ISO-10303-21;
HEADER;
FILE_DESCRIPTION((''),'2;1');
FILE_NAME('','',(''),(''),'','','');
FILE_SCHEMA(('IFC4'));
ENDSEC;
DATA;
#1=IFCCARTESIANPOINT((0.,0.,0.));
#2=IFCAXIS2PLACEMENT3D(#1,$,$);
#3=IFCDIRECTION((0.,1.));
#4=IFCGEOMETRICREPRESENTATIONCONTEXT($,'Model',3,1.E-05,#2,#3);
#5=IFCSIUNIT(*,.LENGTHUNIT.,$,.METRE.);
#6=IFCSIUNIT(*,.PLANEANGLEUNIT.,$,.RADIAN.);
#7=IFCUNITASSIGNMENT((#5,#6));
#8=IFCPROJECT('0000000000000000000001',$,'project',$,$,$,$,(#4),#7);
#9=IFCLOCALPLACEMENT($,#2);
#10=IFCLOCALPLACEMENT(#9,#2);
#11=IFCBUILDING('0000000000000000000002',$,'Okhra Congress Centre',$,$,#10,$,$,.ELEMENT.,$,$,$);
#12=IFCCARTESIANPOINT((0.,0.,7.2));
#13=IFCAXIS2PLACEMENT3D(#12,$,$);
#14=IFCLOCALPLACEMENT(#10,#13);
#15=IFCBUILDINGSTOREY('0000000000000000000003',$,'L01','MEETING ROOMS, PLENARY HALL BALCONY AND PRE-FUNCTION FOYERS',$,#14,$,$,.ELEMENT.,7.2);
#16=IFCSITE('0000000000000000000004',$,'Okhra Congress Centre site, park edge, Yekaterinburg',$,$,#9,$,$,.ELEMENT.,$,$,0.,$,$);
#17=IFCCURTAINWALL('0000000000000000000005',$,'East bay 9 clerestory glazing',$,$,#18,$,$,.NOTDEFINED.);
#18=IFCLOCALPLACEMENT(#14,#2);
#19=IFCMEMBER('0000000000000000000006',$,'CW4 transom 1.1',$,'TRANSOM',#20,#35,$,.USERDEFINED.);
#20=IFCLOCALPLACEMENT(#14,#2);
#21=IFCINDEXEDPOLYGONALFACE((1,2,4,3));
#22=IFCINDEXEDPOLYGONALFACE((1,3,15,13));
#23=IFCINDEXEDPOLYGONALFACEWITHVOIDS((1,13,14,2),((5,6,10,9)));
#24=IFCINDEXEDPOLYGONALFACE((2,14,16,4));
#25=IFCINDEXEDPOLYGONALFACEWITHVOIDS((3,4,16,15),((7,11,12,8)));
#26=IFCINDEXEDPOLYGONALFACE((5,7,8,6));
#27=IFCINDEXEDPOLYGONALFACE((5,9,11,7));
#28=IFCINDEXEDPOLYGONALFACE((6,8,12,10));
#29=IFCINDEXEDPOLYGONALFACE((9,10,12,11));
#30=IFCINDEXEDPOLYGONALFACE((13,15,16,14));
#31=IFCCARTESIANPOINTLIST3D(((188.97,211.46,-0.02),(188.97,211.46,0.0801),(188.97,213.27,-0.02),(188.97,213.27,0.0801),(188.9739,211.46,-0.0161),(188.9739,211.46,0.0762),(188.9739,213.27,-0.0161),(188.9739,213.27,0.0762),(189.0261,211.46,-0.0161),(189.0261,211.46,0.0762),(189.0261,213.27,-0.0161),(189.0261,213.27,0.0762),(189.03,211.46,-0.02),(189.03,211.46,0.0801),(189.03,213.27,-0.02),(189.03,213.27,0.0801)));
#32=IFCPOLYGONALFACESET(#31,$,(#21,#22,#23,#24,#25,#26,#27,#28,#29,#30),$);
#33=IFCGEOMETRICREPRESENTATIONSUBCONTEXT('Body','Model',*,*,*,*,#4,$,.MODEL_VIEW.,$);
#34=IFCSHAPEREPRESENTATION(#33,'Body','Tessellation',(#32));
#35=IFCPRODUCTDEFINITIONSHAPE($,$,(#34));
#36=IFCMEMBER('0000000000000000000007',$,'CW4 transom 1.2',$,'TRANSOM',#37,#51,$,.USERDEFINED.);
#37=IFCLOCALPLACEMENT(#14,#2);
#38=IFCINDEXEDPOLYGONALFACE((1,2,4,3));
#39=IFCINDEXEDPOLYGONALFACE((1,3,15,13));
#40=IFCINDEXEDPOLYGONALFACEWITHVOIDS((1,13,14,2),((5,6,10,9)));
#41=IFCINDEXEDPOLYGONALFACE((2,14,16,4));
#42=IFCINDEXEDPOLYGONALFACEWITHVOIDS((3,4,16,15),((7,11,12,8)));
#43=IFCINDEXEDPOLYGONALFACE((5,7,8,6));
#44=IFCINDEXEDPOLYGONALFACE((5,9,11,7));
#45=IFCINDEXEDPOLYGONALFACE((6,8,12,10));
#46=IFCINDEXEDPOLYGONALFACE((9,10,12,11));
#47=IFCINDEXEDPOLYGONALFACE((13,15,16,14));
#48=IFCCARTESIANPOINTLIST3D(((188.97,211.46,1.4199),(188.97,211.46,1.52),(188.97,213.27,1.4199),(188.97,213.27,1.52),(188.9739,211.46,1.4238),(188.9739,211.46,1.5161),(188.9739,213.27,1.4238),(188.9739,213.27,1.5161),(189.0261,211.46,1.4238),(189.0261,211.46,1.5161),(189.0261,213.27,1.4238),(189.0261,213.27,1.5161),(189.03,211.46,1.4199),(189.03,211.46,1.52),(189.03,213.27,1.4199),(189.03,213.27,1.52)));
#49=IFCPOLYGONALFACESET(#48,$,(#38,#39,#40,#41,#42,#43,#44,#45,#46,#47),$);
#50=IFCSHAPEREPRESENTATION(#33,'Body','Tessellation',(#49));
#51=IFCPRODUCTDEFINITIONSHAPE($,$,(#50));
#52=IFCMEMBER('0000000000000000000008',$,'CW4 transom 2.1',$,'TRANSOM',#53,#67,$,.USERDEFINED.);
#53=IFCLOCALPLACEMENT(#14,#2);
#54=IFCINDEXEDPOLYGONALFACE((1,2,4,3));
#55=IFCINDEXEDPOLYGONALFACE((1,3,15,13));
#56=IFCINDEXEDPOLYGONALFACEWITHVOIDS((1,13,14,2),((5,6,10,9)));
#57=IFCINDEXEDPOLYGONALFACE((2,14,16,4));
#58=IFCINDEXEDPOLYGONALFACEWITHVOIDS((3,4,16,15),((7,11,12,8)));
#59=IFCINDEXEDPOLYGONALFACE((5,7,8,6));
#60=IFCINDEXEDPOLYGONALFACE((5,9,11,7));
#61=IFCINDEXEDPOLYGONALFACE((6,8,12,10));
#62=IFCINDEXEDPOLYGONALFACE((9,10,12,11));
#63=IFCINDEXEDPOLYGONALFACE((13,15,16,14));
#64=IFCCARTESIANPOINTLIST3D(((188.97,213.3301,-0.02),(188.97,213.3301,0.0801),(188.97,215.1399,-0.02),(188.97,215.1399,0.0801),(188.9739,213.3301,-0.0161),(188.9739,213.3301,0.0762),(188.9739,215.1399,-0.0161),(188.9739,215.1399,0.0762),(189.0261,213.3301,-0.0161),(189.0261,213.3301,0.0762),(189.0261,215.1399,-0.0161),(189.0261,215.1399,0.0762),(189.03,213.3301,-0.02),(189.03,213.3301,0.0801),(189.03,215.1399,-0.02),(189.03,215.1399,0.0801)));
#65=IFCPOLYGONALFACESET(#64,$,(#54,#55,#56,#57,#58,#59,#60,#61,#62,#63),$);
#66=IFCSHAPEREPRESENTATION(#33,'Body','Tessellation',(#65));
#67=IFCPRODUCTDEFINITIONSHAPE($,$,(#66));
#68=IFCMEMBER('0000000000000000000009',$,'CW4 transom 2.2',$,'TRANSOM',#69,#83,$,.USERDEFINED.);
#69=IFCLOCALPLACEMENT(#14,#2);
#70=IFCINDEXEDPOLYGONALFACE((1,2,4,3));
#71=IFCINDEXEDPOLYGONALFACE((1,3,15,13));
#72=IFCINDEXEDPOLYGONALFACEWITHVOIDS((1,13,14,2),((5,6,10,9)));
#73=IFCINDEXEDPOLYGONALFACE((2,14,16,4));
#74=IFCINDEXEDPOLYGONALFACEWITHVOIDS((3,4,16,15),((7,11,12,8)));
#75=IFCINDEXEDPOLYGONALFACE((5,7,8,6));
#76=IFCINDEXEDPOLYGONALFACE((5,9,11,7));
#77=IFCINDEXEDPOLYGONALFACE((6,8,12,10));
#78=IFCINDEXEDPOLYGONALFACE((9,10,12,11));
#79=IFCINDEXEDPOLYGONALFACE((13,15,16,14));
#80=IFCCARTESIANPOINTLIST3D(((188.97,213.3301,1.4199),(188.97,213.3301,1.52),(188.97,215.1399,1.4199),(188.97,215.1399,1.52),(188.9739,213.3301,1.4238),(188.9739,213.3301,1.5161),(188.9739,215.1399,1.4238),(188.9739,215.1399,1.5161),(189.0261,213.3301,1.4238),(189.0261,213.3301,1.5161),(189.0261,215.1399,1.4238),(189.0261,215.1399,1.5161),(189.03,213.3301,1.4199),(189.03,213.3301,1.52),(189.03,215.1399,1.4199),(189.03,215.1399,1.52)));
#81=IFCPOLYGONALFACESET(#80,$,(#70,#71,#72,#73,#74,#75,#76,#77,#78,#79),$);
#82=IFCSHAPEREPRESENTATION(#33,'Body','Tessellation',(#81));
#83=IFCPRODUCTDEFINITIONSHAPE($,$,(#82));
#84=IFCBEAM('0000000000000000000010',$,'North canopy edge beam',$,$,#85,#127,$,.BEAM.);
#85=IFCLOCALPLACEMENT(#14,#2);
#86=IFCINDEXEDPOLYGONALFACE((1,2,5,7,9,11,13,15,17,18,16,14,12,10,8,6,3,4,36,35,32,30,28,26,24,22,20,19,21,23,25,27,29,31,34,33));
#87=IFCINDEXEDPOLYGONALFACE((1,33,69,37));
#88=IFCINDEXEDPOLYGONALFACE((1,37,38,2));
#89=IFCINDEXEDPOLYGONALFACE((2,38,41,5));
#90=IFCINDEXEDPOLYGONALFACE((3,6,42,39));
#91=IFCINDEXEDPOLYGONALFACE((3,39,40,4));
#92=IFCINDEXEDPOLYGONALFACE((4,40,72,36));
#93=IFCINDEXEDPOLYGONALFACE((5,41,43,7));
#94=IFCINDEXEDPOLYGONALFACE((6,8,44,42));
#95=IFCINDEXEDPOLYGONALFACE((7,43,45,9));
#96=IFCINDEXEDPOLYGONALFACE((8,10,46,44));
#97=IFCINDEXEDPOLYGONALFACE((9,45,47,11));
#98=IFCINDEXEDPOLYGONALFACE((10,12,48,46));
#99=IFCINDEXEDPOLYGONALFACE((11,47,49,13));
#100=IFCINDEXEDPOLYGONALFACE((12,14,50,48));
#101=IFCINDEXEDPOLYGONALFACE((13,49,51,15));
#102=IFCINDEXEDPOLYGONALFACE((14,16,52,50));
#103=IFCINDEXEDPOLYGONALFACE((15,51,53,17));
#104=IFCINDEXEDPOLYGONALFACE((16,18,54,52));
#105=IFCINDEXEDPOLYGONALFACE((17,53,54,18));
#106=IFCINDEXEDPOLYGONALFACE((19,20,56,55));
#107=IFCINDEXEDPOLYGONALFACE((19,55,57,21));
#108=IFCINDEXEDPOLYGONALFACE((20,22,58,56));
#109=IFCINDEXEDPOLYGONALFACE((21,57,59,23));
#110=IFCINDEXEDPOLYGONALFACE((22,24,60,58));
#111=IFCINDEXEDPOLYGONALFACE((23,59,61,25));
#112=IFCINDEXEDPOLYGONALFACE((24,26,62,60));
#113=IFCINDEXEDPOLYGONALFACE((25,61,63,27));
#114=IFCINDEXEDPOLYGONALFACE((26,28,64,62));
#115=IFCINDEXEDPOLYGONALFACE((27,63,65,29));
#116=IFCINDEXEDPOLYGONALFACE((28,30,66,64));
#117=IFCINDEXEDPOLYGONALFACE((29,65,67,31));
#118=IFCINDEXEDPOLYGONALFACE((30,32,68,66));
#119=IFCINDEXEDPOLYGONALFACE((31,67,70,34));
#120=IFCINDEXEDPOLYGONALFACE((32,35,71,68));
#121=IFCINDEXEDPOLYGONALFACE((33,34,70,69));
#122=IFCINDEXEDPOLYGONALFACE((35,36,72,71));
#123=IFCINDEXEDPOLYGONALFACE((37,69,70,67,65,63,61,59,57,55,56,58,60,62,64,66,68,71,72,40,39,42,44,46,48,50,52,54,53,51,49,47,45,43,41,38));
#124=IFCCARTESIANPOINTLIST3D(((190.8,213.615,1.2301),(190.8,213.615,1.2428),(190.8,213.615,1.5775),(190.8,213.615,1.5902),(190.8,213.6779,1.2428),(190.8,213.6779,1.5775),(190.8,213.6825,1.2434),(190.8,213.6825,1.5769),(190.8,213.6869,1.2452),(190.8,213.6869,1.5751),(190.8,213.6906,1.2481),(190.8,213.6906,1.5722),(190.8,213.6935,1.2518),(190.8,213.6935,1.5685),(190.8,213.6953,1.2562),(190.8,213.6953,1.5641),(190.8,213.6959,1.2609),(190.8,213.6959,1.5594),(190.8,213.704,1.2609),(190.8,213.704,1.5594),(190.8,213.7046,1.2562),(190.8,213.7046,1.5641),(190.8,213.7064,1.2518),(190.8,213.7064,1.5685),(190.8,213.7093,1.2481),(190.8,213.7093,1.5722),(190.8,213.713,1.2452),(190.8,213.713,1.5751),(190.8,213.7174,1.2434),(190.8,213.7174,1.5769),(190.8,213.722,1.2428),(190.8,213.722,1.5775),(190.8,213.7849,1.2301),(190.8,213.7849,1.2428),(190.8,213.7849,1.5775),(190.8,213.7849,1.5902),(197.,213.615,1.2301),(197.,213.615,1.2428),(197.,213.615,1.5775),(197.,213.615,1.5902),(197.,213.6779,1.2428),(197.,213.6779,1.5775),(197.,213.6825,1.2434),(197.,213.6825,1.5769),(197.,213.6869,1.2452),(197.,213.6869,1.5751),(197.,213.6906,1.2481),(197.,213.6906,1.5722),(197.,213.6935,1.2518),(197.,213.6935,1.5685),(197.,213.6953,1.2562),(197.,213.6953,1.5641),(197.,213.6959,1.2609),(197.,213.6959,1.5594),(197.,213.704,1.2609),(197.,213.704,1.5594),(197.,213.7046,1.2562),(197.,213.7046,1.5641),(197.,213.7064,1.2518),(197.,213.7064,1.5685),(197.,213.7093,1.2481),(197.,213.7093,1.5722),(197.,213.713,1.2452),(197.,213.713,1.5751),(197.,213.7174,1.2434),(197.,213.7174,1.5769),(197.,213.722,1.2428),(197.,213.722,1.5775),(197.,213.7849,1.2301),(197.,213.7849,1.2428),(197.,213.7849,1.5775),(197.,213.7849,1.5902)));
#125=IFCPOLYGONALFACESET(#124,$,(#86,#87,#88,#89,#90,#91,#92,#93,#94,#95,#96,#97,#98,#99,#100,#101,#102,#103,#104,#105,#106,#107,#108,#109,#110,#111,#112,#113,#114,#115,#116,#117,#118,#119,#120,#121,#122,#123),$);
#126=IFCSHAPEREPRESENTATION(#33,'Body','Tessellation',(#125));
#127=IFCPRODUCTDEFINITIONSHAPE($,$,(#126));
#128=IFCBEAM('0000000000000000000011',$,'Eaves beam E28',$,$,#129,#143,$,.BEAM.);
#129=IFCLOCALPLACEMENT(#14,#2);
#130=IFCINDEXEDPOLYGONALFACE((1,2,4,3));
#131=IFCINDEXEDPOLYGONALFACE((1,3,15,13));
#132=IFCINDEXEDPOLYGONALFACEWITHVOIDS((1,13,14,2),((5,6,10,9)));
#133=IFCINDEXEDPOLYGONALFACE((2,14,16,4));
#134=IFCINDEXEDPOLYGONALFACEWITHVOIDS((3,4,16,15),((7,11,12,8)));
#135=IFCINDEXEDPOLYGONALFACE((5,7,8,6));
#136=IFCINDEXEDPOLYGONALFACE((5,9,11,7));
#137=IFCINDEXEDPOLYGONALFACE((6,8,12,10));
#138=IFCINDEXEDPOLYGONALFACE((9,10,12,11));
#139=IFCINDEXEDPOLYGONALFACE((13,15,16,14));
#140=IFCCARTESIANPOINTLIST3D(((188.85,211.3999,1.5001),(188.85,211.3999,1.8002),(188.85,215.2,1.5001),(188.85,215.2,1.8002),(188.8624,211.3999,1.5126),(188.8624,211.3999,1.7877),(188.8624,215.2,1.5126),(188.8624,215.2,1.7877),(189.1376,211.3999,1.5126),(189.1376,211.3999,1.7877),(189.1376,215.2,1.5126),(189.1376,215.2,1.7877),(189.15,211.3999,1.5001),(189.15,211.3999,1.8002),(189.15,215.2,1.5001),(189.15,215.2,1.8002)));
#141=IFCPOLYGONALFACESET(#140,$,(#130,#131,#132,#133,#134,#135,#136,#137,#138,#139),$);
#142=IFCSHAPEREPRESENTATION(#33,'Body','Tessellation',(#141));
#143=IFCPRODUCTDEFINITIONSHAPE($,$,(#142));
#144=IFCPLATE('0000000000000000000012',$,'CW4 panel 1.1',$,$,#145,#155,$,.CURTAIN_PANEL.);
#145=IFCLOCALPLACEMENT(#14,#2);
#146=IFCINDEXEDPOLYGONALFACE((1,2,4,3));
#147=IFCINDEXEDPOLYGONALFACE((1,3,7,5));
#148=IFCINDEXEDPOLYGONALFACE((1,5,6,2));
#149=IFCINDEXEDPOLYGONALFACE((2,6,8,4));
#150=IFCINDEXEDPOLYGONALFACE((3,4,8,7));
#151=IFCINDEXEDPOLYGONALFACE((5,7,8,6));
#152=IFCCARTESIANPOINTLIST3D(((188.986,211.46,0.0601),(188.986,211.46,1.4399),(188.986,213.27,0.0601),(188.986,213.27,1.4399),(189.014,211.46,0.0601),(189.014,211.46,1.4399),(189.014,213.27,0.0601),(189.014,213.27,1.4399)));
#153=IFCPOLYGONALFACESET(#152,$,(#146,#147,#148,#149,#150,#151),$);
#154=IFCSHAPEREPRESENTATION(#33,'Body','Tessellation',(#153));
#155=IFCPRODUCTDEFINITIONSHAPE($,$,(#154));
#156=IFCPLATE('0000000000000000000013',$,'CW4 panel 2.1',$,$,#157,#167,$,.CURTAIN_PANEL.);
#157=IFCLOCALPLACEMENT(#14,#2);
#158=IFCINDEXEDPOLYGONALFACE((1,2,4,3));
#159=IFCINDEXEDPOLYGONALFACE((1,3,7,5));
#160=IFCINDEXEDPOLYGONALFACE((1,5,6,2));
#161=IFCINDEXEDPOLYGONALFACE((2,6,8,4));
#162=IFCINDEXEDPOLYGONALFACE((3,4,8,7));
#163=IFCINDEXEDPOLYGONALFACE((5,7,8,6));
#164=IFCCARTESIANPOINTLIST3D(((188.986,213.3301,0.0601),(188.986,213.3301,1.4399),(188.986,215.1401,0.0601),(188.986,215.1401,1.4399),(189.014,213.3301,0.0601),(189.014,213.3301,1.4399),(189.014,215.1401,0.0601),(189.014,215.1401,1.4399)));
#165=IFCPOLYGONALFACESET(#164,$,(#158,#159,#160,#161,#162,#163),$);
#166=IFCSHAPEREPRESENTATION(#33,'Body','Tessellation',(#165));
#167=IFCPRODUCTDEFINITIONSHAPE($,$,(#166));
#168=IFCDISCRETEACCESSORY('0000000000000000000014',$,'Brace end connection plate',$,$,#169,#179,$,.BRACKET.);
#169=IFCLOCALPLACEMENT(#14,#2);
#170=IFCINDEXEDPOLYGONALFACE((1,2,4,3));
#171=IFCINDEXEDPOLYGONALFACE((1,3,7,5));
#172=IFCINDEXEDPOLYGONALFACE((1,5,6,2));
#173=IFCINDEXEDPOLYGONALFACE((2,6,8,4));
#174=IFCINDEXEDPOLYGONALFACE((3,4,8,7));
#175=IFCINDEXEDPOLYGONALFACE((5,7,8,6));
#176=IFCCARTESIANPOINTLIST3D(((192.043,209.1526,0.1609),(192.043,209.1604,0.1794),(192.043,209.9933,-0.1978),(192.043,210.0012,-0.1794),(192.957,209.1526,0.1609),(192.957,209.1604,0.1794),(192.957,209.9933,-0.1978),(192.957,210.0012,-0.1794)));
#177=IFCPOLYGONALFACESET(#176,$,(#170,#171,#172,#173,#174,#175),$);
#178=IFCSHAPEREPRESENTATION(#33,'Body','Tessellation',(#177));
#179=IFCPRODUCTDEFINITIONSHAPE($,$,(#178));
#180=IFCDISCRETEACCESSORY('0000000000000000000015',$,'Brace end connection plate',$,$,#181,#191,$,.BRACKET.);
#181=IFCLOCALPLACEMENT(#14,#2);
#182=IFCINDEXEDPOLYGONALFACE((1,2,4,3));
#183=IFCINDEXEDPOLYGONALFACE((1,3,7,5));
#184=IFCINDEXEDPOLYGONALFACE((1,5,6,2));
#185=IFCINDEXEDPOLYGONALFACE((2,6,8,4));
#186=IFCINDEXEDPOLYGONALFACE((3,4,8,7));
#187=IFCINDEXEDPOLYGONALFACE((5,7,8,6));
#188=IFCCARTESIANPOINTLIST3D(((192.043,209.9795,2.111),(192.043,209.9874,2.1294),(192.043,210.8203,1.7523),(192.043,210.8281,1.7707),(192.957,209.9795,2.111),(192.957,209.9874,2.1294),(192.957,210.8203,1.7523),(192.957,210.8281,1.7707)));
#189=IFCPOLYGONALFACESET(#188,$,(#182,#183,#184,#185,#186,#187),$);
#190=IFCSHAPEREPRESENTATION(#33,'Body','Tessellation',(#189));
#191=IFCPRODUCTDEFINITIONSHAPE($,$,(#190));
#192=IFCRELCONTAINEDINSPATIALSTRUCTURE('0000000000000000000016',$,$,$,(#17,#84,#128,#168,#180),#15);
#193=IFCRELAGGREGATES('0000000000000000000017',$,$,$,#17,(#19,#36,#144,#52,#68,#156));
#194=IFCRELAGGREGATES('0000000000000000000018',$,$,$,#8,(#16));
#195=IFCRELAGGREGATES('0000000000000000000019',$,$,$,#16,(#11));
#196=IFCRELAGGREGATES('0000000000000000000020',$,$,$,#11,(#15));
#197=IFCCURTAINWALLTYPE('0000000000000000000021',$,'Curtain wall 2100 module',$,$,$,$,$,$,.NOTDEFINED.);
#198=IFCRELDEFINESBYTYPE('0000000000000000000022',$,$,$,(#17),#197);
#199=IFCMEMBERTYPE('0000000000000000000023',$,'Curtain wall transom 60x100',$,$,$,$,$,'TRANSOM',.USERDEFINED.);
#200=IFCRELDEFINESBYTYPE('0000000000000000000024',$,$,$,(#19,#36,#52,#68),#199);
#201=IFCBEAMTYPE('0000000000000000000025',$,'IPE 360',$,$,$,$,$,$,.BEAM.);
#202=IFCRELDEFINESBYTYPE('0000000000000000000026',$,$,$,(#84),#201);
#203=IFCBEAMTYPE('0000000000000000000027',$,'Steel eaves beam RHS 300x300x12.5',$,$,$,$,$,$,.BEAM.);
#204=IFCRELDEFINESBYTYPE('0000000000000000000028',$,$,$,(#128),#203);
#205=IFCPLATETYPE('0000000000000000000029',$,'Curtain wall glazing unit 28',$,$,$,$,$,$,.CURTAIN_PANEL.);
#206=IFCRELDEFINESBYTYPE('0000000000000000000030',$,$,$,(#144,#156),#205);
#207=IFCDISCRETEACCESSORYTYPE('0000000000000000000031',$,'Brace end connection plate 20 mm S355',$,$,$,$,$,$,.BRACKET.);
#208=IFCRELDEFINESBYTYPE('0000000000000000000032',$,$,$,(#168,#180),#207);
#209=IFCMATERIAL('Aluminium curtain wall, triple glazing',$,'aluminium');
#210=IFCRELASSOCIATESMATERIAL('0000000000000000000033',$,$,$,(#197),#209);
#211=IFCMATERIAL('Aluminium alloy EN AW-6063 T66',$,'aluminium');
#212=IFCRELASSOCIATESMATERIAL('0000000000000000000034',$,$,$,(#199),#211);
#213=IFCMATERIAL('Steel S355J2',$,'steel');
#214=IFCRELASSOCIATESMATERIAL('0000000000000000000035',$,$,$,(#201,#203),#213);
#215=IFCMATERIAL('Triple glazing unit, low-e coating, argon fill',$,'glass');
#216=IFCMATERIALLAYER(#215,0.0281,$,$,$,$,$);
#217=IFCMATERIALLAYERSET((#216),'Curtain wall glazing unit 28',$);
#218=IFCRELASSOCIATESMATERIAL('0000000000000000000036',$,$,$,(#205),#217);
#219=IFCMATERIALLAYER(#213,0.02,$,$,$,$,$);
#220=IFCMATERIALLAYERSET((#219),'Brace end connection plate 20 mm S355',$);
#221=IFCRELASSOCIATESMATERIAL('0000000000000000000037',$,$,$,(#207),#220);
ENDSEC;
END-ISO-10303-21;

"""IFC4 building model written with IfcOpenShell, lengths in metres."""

from ifc_helpers import new_model, si_unit, direction, frame, origin, origin_2d, place, context, subcontext, project, spatial, rectangle, hollow_rectangle, i_section, extrude, material, layer, layer_set, material_profile, profile_set, type_object, element, aggregate, save


model = new_model("IFC4")

# Units and contexts
model_context = context("Model", 3, precision=1e-05, world=origin(), true_north=direction((0.0, 1.0)))
body_context = subcontext(model_context, "Body", "Model", "MODEL_VIEW")
ifc_project = project(units=[si_unit("LENGTHUNIT", "METRE"), si_unit("PLANEANGLEUNIT", "RADIAN")], contexts=[model_context])

# Site, building, storey
site_placement = place(None, origin())
site = spatial("IfcSite", under=ifc_project, at=site_placement, Name="Okhra Congress Centre site, park edge, Yekaterinburg", CompositionType="ELEMENT", RefElevation=0.0)
building_placement = place(site_placement, origin())
building = spatial("IfcBuilding", under=site, at=building_placement, Name="Okhra Congress Centre", CompositionType="ELEMENT")
storey_placement = place(building_placement, frame((0.0, 0.0, 7.2)))
storey = spatial("IfcBuildingStorey", under=building, at=storey_placement, Name="L01", Description="MEETING ROOMS, PLENARY HALL BALCONY AND PRE-FUNCTION FOYERS", CompositionType="ELEMENT", Elevation=7.2)

# Shared definitions
ifc_material_1 = material(Name="Aluminium curtain wall, triple glazing", Category="aluminium")
curtain_wall_type_1 = type_object("IfcCurtainWallType", Name="Curtain wall 2100 module", PredefinedType="NOTDEFINED", material=ifc_material_1)
ifc_material_2 = material(Name="Aluminium alloy EN AW-6063 T66", Category="aluminium")

# Curtain wall, members
curtain_wall_1_placement = place(storey_placement, origin())
curtain_wall_1 = element("IfcCurtainWall", 1, at=curtain_wall_1_placement, inside=storey, type_object=curtain_wall_type_1, Name="East bay 9 clerestory glazing", PredefinedType="NOTDEFINED")
ifc_material_profile_1 = material_profile(ifc_material_2, hollow_rectangle(XDim=0.0601, YDim=0.1001, WallThickness=0.0039, at=origin_2d()), Name="RHS 60x100x4")
ifc_profile_set_1 = profile_set([ifc_material_profile_1], Name="Aluminium alloy EN AW-6063 T66")
member_type_1 = type_object("IfcMemberType", Name="Curtain wall transom 60x100", ElementType="TRANSOM", PredefinedType="USERDEFINED", material=ifc_profile_set_1)
member_1_placement = place(storey_placement, frame((189.0, 211.46, 0.03), z_axis=(0.0, 1.0, 0.0), x_axis=(-1.0, 0.0, 0.0)))
member_1 = element("IfcMember", 2, at=member_1_placement, type_object=member_type_1, Name="CW4 transom 1.1", ObjectType="TRANSOM", PredefinedType="USERDEFINED", context=body_context, shape_type="SweptSolid", body=[
    extrude(hollow_rectangle(XDim=0.0601, YDim=0.1001, WallThickness=0.0039, at=origin_2d()), origin(), (0.0, 0.0, 1.0), 1.8101),
])
member_2_placement = place(storey_placement, frame((189.0, 211.46, 1.47), z_axis=(0.0, 1.0, 0.0), x_axis=(-1.0, 0.0, 0.0)))
member_2 = element("IfcMember", 3, at=member_2_placement, type_object=member_type_1, Name="CW4 transom 1.2", ObjectType="TRANSOM", PredefinedType="USERDEFINED", context=body_context, shape_type="SweptSolid", body=[
    extrude(hollow_rectangle(XDim=0.0601, YDim=0.1001, WallThickness=0.0039, at=origin_2d()), origin(), (0.0, 0.0, 1.0), 1.8101),
])
member_3_placement = place(storey_placement, frame((189.0, 213.3301, 0.03), z_axis=(0.0, 1.0, 0.0), x_axis=(-1.0, 0.0, 0.0)))
member_3 = element("IfcMember", 4, at=member_3_placement, type_object=member_type_1, Name="CW4 transom 2.1", ObjectType="TRANSOM", PredefinedType="USERDEFINED", context=body_context, shape_type="SweptSolid", body=[
    extrude(hollow_rectangle(XDim=0.0601, YDim=0.1001, WallThickness=0.0039, at=origin_2d()), origin(), (0.0, 0.0, 1.0), 1.8098),
])
member_4_placement = place(storey_placement, frame((189.0, 213.3301, 1.47), z_axis=(0.0, 1.0, 0.0), x_axis=(-1.0, 0.0, 0.0)))
member_4 = element("IfcMember", 5, at=member_4_placement, type_object=member_type_1, Name="CW4 transom 2.2", ObjectType="TRANSOM", PredefinedType="USERDEFINED", context=body_context, shape_type="SweptSolid", body=[
    extrude(hollow_rectangle(XDim=0.0601, YDim=0.1001, WallThickness=0.0039, at=origin_2d()), origin(), (0.0, 0.0, 1.0), 1.8098),
])

# Beams
ifc_material_3 = material(Name="Steel S355J2", Category="steel")
ifc_material_profile_2 = material_profile(ifc_material_3, i_section(OverallWidth=0.1699, OverallDepth=0.3601, WebThickness=0.0081, FlangeThickness=0.0127, FilletRadius=0.0181, at=origin_2d()), Name="IPE 360")
ifc_profile_set_2 = profile_set([ifc_material_profile_2], Name="Steel S355J2")
beam_type_1 = type_object("IfcBeamType", Name="IPE 360", PredefinedType="BEAM", material=ifc_profile_set_2)
beam_1_placement = place(storey_placement, frame((190.8, 213.7, 1.4102), z_axis=(1.0, 0.0, 0.0), x_axis=(0.0, 1.0, 0.0)))
element("IfcBeam", 6, at=beam_1_placement, inside=storey, type_object=beam_type_1, Name="North canopy edge beam", PredefinedType="BEAM", context=body_context, shape_type="SweptSolid", body=[
    extrude(i_section(OverallWidth=0.1699, OverallDepth=0.3601, WebThickness=0.0081, FlangeThickness=0.0127, FilletRadius=0.0181, at=origin_2d()), origin(), (0.0, 0.0, 1.0), 6.2),
])
ifc_material_profile_3 = material_profile(ifc_material_3, hollow_rectangle(XDim=0.3, YDim=0.3, WallThickness=0.0125, at=origin_2d()), Name="RHS 300x300x12.5")
ifc_profile_set_3 = profile_set([ifc_material_profile_3], Name="Steel S355J2")
beam_type_2 = type_object("IfcBeamType", Name="Steel eaves beam RHS 300x300x12.5", PredefinedType="BEAM", material=ifc_profile_set_3)
beam_2_placement = place(storey_placement, frame((189.0, 211.3999, 1.6501), z_axis=(0.0, 1.0, 0.0), x_axis=(-1.0, 0.0, 0.0)))
element("IfcBeam", 7, at=beam_2_placement, inside=storey, type_object=beam_type_2, Name="Eaves beam E28", PredefinedType="BEAM", context=body_context, shape_type="SweptSolid", body=[
    extrude(hollow_rectangle(XDim=0.3, YDim=0.3, WallThickness=0.0125, at=origin_2d()), origin(), (0.0, 0.0, 1.0), 3.8),
])

# Plates
ifc_material_4 = material(Name="Triple glazing unit, low-e coating, argon fill", Category="glass")
ifc_layer_1 = layer(ifc_material_4, 0.0281)
ifc_layer_set_1 = layer_set([ifc_layer_1], Name="Curtain wall glazing unit 28")
plate_type = type_object("IfcPlateType", Name="Curtain wall glazing unit 28", PredefinedType="CURTAIN_PANEL", material=ifc_layer_set_1)
plate_1_placement = place(storey_placement, frame((189.0, 212.365, 0.0601), z_axis=(0.0, 0.0, 1.0), x_axis=(0.0, 1.0, 0.0)))
plate_1 = element("IfcPlate", 8, at=plate_1_placement, type_object=plate_type, Name="CW4 panel 1.1", PredefinedType="CURTAIN_PANEL", context=body_context, shape_type="SweptSolid", body=[
    extrude(rectangle(XDim=1.8101, YDim=0.0281, at=origin_2d()), origin(), (0.0, 0.0, 1.0), 1.3799),
])
plate_2_placement = place(storey_placement, frame((189.0, 214.2351, 0.0601), z_axis=(0.0, 0.0, 1.0), x_axis=(0.0, 1.0, 0.0)))
plate_2 = element("IfcPlate", 9, at=plate_2_placement, type_object=plate_type, Name="CW4 panel 2.1", PredefinedType="CURTAIN_PANEL", context=body_context, shape_type="SweptSolid", body=[
    extrude(rectangle(XDim=1.8101, YDim=0.0281, at=origin_2d()), origin(), (0.0, 0.0, 1.0), 1.3799),
])
aggregate(curtain_wall_1, [member_1, member_2, plate_1, member_3, member_4, plate_2])

# Discrete accessories
ifc_layer_2 = layer(ifc_material_3, 0.02)
ifc_layer_set_2 = layer_set([ifc_layer_2], Name="Brace end connection plate 20 mm S355")
discrete_accessory_type_1 = type_object("IfcDiscreteAccessoryType", Name="Brace end connection plate 20 mm S355", PredefinedType="BRACKET", material=ifc_layer_set_2)
for number, where, z_axis, x_axis, name in (
    (10, (192.5, 209.5808, 0.0), (0.0, -0.392439, -0.919778), (1.0, 0.0, 0.0), "Brace end connection plate"),
    (11, (192.5, 210.3999, 1.9316), (0.0, 0.392439, 0.919778), (-1.0, 0.0, 0.0), "Brace end connection plate"),
):
    element("IfcDiscreteAccessory", number, at=place(storey_placement, frame(where, z_axis=z_axis, x_axis=x_axis)), inside=storey, type_object=discrete_accessory_type_1, Name=name, PredefinedType="BRACKET", context=body_context, shape_type="SweptSolid", body=[
        extrude(rectangle(XDim=0.9141, YDim=0.9141, at=origin_2d()), origin(), (0.0, 0.0, 1.0), 0.02),
    ])

save(model, "model.ifc")
